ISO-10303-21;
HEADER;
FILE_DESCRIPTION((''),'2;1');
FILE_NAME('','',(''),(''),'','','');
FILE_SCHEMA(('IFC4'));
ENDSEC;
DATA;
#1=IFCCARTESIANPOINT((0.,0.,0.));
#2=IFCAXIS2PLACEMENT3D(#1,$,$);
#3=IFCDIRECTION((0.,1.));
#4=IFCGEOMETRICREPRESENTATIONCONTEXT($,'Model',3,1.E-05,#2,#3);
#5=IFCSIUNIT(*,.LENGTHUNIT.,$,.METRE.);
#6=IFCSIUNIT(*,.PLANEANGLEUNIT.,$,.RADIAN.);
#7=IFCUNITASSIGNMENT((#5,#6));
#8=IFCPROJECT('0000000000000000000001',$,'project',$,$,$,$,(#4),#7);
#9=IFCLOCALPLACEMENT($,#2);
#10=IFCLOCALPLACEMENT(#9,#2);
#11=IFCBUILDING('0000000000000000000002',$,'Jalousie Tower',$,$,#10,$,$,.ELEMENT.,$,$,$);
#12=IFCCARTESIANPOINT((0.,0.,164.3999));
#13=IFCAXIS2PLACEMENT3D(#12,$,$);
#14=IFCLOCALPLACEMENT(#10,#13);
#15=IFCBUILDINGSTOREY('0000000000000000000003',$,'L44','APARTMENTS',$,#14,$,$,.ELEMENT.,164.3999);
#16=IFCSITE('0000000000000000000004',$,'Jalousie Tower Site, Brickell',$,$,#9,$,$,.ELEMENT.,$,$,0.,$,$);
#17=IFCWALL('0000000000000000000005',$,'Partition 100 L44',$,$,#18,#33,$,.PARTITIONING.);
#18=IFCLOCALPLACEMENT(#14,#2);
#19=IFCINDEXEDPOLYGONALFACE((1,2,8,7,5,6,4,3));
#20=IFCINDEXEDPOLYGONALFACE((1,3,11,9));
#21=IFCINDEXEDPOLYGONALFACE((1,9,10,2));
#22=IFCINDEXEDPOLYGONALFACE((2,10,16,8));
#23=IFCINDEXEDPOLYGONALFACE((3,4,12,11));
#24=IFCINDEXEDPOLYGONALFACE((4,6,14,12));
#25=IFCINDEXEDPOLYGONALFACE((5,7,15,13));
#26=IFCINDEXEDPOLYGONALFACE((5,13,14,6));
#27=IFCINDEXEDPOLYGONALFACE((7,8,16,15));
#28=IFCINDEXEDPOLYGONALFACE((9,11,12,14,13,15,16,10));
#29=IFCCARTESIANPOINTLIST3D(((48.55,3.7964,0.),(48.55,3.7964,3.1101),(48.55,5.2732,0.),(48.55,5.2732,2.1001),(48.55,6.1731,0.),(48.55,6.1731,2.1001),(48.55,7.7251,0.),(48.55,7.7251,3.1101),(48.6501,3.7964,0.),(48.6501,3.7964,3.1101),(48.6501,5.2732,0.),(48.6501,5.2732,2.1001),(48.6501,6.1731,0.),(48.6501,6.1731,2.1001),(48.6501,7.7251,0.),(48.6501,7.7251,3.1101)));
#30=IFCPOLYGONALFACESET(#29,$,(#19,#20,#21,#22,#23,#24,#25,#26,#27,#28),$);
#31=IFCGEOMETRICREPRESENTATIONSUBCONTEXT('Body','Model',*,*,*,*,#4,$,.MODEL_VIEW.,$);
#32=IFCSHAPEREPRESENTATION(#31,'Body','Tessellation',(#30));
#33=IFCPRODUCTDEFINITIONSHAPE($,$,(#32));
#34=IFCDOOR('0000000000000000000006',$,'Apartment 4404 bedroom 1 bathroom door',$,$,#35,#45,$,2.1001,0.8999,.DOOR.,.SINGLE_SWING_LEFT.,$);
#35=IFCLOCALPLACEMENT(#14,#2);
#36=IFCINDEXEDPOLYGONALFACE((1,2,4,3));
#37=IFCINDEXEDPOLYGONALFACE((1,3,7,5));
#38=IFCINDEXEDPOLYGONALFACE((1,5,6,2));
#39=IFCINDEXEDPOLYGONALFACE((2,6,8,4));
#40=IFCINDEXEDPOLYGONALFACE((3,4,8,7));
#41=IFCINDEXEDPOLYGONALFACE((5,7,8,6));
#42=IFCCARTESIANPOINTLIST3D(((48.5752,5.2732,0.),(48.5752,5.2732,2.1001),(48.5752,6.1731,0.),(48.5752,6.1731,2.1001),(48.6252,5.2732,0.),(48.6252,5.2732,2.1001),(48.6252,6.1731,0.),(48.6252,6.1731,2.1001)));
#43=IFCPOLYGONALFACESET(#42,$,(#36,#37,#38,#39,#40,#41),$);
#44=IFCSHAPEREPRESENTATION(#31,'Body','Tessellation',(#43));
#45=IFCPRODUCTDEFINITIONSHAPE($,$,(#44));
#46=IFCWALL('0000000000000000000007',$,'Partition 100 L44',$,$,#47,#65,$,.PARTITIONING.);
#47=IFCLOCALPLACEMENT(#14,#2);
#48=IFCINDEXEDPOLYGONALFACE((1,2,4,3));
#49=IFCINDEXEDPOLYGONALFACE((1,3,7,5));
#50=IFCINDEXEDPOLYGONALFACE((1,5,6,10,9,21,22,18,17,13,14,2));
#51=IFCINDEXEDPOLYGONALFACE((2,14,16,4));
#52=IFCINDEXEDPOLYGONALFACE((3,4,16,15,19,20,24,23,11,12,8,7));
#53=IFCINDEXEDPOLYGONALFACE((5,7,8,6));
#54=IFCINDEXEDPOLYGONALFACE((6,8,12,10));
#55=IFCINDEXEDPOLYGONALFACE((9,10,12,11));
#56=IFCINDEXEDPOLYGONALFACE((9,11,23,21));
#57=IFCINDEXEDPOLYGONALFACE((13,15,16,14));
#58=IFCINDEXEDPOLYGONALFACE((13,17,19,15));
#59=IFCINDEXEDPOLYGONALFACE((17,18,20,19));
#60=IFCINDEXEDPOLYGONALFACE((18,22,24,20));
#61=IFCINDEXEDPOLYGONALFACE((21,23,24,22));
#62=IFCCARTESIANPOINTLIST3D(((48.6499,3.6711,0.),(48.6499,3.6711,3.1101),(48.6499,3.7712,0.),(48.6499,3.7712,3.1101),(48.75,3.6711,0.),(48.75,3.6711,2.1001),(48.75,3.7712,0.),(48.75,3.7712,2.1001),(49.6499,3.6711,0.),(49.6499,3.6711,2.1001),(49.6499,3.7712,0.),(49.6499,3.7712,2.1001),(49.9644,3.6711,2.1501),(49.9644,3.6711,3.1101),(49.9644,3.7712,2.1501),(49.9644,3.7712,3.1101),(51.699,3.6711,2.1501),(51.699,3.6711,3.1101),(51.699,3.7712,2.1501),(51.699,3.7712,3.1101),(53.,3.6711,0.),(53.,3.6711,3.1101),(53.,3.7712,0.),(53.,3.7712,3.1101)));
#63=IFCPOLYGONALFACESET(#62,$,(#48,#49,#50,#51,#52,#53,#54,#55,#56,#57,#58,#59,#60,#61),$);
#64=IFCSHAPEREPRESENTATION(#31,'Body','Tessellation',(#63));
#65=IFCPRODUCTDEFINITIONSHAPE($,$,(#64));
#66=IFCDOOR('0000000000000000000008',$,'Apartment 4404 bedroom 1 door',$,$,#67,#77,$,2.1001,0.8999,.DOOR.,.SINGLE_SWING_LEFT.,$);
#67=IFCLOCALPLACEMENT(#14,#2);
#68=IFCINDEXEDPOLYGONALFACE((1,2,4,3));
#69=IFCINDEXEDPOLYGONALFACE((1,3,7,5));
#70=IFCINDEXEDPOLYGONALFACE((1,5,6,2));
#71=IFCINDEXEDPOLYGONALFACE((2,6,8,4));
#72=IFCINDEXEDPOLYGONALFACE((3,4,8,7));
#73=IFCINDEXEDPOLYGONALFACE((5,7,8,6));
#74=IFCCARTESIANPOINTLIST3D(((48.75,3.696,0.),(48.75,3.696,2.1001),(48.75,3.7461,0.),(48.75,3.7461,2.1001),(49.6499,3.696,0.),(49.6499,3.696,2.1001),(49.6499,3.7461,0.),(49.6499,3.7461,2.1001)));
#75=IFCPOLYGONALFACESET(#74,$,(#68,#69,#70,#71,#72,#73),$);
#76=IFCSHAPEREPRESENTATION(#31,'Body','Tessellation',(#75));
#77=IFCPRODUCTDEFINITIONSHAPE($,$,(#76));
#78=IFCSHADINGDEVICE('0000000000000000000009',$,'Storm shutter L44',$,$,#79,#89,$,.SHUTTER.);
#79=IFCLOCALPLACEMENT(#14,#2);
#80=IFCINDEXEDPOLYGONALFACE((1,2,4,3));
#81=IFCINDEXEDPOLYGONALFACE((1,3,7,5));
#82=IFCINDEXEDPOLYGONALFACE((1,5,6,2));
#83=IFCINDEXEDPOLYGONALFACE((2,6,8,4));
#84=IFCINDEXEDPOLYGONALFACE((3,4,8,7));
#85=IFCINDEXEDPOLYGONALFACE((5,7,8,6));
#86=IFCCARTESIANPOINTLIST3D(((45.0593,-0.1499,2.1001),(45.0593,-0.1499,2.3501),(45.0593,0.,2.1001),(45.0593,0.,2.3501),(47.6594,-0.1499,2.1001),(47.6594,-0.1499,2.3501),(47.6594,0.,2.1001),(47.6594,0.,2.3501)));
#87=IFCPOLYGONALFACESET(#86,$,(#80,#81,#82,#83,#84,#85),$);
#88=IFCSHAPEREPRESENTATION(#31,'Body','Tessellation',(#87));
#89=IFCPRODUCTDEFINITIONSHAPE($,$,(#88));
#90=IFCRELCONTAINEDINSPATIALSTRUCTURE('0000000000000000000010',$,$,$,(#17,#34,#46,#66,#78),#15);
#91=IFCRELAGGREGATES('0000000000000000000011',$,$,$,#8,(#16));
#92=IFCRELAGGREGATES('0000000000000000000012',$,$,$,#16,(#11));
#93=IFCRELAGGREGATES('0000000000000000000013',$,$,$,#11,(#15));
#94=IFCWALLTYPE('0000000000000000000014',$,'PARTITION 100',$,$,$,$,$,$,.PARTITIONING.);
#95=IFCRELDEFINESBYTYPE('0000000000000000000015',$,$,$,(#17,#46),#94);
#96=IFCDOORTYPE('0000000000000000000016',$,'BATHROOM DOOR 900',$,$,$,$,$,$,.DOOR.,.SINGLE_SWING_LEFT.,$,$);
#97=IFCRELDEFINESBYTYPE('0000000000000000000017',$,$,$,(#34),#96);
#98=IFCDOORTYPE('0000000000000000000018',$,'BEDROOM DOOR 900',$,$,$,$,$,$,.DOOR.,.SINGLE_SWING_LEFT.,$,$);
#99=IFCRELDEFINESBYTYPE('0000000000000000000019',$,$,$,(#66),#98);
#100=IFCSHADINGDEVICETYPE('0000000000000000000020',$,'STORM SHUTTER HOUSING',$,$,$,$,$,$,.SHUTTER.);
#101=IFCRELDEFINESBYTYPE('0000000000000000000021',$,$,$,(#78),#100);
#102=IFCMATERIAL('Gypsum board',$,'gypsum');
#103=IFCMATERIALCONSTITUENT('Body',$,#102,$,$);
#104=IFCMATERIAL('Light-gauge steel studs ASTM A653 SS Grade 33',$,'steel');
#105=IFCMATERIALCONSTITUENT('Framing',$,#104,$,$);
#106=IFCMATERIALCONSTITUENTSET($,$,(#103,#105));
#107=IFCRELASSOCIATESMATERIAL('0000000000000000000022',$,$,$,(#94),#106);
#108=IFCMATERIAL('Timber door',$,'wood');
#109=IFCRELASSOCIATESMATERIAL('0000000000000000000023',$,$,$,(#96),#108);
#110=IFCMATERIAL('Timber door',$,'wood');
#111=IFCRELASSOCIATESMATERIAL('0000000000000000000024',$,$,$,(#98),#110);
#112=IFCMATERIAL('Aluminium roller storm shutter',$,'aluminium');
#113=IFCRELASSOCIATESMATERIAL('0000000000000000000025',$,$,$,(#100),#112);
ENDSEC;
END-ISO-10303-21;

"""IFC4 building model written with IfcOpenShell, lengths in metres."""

from ifc_helpers import new_model, si_unit, direction, frame, frame_2d, origin, origin_2d, place, context, subcontext, project, spatial, polyline, rectangle, outline, extrude, material, constituent, constituent_set, type_object, element, fill, save


model = new_model("IFC4")

# Units and contexts
model_context = context("Model", 3, precision=1e-05, world=origin(), true_north=direction((0.0, 1.0)))
body_context = subcontext(model_context, "Body", "Model", "MODEL_VIEW")
ifc_project = project(units=[si_unit("LENGTHUNIT", "METRE"), si_unit("PLANEANGLEUNIT", "RADIAN")], contexts=[model_context])

# Site, building, storey
site_placement = place(None, origin())
site = spatial("IfcSite", under=ifc_project, at=site_placement, Name="Jalousie Tower Site, Brickell", CompositionType="ELEMENT", RefElevation=0.0)
building_placement = place(site_placement, origin())
building = spatial("IfcBuilding", under=site, at=building_placement, Name="Jalousie Tower", CompositionType="ELEMENT")
storey_placement = place(building_placement, frame((0.0, 0.0, 164.3999)))
storey = spatial("IfcBuildingStorey", under=building, at=storey_placement, Name="L44", Description="APARTMENTS", CompositionType="ELEMENT", Elevation=164.3999)

# Walls, openings, doors
ifc_material_1 = material(Name="Gypsum board", Category="gypsum")
ifc_constituent_1 = constituent(ifc_material_1, Name="Body")
ifc_material_2 = material(Name="Light-gauge steel studs ASTM A653 SS Grade 33", Category="steel")
ifc_constituent_2 = constituent(ifc_material_2, Name="Framing")
ifc_constituent_set_1 = constituent_set(constituents=[ifc_constituent_1, ifc_constituent_2])
wall_type_1 = type_object("IfcWallType", Name="PARTITION 100", PredefinedType="PARTITIONING", material=ifc_constituent_set_1)
wall_1_placement = place(storey_placement, frame((48.6001, 3.7964, 0.0), z_axis=(0.0, 0.0, 1.0), x_axis=(0.0, 1.0, 0.0)))
wall_1 = element("IfcWall", 1, at=wall_1_placement, inside=storey, type_object=wall_type_1, Name="Partition 100 L44", PredefinedType="PARTITIONING", context=body_context, shape_type="SweptSolid", body=[
    extrude(rectangle(XDim=3.9287, YDim=0.1001, at=frame_2d((1.9644, 0.0))), origin(), (0.0, 0.0, 1.0), 3.1101),
])
opening_1_placement = place(wall_1_placement, frame((1.4768, 0.0, 0.0)))
opening_1 = element("IfcOpeningElement", 2, at=opening_1_placement, cuts=wall_1, PredefinedType="OPENING", context=body_context, shape_type="SweptSolid", body=[
    extrude(rectangle(XDim=0.8999, YDim=2.1001, at=frame_2d((0.45, 1.05))), frame((0.0, 0.0601, 0.0), z_axis=(0.0, -1.0, 0.0), x_axis=(1.0, 0.0, 0.0)), (0.0, 0.0, 1.0), 0.1201),
])
ifc_material_3 = material(Name="Timber door", Category="wood")
door_type_1 = type_object("IfcDoorType", Name="BATHROOM DOOR 900", OperationType="SINGLE_SWING_LEFT", PredefinedType="DOOR", material=ifc_material_3)
door_1_placement = place(opening_1_placement, origin())
door_1 = element("IfcDoor", 3, at=door_1_placement, inside=storey, type_object=door_type_1, Name="Apartment 4404 bedroom 1 bathroom door", OperationType="SINGLE_SWING_LEFT", OverallHeight=2.1001, OverallWidth=0.8999, PredefinedType="DOOR", context=body_context, shape_type="SweptSolid", body=[
    extrude(rectangle(XDim=0.8999, YDim=2.1001, at=frame_2d((0.45, 1.05))), frame((0.0, 0.0249, 0.0), z_axis=(0.0, -1.0, 0.0), x_axis=(1.0, 0.0, 0.0)), (0.0, 0.0, 1.0), 0.05),
])
fill(opening_1, door_1)
wall_2_placement = place(storey_placement, frame((48.6499, 3.7212, 0.0), z_axis=(0.0, 0.0, 1.0), x_axis=(1.0, 0.0, 0.0)))
wall_2 = element("IfcWall", 4, at=wall_2_placement, inside=storey, type_object=wall_type_1, Name="Partition 100 L44", PredefinedType="PARTITIONING", context=body_context, shape_type="SweptSolid", body=[
    extrude(outline(polyline([(0.0, 0.0), (4.3501, 0.0), (4.3501, 3.1101), (3.0491, 3.1101), (3.0491, 2.1501), (1.3145, 2.1501), (1.3145, 3.1101), (0.0, 3.1101), (0.0, 0.0)])), frame((0.0, 0.05, 0.0), z_axis=(0.0, -1.0, 0.0), x_axis=(1.0, 0.0, 0.0)), (0.0, 0.0, 1.0), 0.1001),
])
opening_2_placement = place(wall_2_placement, frame((0.1001, 0.0, 0.0)))
opening_2 = element("IfcOpeningElement", 5, at=opening_2_placement, cuts=wall_2, PredefinedType="OPENING", context=body_context, shape_type="SweptSolid", body=[
    extrude(rectangle(XDim=0.8999, YDim=2.1001, at=frame_2d((0.45, 1.05))), frame((0.0, 0.0601, 0.0), z_axis=(0.0, -1.0, 0.0), x_axis=(1.0, 0.0, 0.0)), (0.0, 0.0, 1.0), 0.1201),
])
ifc_material_4 = material(Name="Timber door", Category="wood")
door_type_2 = type_object("IfcDoorType", Name="BEDROOM DOOR 900", OperationType="SINGLE_SWING_LEFT", PredefinedType="DOOR", material=ifc_material_4)
door_2_placement = place(opening_2_placement, origin())
door_2 = element("IfcDoor", 6, at=door_2_placement, inside=storey, type_object=door_type_2, Name="Apartment 4404 bedroom 1 door", OperationType="SINGLE_SWING_LEFT", OverallHeight=2.1001, OverallWidth=0.8999, PredefinedType="DOOR", context=body_context, shape_type="SweptSolid", body=[
    extrude(rectangle(XDim=0.8999, YDim=2.1001, at=frame_2d((0.45, 1.05))), frame((0.0, 0.0249, 0.0), z_axis=(0.0, -1.0, 0.0), x_axis=(1.0, 0.0, 0.0)), (0.0, 0.0, 1.0), 0.05),
])
fill(opening_2, door_2)

# Shading device
ifc_material_5 = material(Name="Aluminium roller storm shutter", Category="aluminium")
shading_device_type = type_object("IfcShadingDeviceType", Name="STORM SHUTTER HOUSING", PredefinedType="SHUTTER", material=ifc_material_5)
shading_device_placement = place(storey_placement, frame((46.3594, -0.075, 2.1001), z_axis=(0.0, 0.0, 1.0), x_axis=(1.0, 0.0, 0.0)))
element("IfcShadingDevice", 7, at=shading_device_placement, inside=storey, type_object=shading_device_type, Name="Storm shutter L44", PredefinedType="SHUTTER", context=body_context, shape_type="SweptSolid", body=[
    extrude(rectangle(XDim=2.6001, YDim=0.1499, at=origin_2d()), origin(), (0.0, 0.0, 1.0), 0.25),
])

save(model, "model.ifc")
